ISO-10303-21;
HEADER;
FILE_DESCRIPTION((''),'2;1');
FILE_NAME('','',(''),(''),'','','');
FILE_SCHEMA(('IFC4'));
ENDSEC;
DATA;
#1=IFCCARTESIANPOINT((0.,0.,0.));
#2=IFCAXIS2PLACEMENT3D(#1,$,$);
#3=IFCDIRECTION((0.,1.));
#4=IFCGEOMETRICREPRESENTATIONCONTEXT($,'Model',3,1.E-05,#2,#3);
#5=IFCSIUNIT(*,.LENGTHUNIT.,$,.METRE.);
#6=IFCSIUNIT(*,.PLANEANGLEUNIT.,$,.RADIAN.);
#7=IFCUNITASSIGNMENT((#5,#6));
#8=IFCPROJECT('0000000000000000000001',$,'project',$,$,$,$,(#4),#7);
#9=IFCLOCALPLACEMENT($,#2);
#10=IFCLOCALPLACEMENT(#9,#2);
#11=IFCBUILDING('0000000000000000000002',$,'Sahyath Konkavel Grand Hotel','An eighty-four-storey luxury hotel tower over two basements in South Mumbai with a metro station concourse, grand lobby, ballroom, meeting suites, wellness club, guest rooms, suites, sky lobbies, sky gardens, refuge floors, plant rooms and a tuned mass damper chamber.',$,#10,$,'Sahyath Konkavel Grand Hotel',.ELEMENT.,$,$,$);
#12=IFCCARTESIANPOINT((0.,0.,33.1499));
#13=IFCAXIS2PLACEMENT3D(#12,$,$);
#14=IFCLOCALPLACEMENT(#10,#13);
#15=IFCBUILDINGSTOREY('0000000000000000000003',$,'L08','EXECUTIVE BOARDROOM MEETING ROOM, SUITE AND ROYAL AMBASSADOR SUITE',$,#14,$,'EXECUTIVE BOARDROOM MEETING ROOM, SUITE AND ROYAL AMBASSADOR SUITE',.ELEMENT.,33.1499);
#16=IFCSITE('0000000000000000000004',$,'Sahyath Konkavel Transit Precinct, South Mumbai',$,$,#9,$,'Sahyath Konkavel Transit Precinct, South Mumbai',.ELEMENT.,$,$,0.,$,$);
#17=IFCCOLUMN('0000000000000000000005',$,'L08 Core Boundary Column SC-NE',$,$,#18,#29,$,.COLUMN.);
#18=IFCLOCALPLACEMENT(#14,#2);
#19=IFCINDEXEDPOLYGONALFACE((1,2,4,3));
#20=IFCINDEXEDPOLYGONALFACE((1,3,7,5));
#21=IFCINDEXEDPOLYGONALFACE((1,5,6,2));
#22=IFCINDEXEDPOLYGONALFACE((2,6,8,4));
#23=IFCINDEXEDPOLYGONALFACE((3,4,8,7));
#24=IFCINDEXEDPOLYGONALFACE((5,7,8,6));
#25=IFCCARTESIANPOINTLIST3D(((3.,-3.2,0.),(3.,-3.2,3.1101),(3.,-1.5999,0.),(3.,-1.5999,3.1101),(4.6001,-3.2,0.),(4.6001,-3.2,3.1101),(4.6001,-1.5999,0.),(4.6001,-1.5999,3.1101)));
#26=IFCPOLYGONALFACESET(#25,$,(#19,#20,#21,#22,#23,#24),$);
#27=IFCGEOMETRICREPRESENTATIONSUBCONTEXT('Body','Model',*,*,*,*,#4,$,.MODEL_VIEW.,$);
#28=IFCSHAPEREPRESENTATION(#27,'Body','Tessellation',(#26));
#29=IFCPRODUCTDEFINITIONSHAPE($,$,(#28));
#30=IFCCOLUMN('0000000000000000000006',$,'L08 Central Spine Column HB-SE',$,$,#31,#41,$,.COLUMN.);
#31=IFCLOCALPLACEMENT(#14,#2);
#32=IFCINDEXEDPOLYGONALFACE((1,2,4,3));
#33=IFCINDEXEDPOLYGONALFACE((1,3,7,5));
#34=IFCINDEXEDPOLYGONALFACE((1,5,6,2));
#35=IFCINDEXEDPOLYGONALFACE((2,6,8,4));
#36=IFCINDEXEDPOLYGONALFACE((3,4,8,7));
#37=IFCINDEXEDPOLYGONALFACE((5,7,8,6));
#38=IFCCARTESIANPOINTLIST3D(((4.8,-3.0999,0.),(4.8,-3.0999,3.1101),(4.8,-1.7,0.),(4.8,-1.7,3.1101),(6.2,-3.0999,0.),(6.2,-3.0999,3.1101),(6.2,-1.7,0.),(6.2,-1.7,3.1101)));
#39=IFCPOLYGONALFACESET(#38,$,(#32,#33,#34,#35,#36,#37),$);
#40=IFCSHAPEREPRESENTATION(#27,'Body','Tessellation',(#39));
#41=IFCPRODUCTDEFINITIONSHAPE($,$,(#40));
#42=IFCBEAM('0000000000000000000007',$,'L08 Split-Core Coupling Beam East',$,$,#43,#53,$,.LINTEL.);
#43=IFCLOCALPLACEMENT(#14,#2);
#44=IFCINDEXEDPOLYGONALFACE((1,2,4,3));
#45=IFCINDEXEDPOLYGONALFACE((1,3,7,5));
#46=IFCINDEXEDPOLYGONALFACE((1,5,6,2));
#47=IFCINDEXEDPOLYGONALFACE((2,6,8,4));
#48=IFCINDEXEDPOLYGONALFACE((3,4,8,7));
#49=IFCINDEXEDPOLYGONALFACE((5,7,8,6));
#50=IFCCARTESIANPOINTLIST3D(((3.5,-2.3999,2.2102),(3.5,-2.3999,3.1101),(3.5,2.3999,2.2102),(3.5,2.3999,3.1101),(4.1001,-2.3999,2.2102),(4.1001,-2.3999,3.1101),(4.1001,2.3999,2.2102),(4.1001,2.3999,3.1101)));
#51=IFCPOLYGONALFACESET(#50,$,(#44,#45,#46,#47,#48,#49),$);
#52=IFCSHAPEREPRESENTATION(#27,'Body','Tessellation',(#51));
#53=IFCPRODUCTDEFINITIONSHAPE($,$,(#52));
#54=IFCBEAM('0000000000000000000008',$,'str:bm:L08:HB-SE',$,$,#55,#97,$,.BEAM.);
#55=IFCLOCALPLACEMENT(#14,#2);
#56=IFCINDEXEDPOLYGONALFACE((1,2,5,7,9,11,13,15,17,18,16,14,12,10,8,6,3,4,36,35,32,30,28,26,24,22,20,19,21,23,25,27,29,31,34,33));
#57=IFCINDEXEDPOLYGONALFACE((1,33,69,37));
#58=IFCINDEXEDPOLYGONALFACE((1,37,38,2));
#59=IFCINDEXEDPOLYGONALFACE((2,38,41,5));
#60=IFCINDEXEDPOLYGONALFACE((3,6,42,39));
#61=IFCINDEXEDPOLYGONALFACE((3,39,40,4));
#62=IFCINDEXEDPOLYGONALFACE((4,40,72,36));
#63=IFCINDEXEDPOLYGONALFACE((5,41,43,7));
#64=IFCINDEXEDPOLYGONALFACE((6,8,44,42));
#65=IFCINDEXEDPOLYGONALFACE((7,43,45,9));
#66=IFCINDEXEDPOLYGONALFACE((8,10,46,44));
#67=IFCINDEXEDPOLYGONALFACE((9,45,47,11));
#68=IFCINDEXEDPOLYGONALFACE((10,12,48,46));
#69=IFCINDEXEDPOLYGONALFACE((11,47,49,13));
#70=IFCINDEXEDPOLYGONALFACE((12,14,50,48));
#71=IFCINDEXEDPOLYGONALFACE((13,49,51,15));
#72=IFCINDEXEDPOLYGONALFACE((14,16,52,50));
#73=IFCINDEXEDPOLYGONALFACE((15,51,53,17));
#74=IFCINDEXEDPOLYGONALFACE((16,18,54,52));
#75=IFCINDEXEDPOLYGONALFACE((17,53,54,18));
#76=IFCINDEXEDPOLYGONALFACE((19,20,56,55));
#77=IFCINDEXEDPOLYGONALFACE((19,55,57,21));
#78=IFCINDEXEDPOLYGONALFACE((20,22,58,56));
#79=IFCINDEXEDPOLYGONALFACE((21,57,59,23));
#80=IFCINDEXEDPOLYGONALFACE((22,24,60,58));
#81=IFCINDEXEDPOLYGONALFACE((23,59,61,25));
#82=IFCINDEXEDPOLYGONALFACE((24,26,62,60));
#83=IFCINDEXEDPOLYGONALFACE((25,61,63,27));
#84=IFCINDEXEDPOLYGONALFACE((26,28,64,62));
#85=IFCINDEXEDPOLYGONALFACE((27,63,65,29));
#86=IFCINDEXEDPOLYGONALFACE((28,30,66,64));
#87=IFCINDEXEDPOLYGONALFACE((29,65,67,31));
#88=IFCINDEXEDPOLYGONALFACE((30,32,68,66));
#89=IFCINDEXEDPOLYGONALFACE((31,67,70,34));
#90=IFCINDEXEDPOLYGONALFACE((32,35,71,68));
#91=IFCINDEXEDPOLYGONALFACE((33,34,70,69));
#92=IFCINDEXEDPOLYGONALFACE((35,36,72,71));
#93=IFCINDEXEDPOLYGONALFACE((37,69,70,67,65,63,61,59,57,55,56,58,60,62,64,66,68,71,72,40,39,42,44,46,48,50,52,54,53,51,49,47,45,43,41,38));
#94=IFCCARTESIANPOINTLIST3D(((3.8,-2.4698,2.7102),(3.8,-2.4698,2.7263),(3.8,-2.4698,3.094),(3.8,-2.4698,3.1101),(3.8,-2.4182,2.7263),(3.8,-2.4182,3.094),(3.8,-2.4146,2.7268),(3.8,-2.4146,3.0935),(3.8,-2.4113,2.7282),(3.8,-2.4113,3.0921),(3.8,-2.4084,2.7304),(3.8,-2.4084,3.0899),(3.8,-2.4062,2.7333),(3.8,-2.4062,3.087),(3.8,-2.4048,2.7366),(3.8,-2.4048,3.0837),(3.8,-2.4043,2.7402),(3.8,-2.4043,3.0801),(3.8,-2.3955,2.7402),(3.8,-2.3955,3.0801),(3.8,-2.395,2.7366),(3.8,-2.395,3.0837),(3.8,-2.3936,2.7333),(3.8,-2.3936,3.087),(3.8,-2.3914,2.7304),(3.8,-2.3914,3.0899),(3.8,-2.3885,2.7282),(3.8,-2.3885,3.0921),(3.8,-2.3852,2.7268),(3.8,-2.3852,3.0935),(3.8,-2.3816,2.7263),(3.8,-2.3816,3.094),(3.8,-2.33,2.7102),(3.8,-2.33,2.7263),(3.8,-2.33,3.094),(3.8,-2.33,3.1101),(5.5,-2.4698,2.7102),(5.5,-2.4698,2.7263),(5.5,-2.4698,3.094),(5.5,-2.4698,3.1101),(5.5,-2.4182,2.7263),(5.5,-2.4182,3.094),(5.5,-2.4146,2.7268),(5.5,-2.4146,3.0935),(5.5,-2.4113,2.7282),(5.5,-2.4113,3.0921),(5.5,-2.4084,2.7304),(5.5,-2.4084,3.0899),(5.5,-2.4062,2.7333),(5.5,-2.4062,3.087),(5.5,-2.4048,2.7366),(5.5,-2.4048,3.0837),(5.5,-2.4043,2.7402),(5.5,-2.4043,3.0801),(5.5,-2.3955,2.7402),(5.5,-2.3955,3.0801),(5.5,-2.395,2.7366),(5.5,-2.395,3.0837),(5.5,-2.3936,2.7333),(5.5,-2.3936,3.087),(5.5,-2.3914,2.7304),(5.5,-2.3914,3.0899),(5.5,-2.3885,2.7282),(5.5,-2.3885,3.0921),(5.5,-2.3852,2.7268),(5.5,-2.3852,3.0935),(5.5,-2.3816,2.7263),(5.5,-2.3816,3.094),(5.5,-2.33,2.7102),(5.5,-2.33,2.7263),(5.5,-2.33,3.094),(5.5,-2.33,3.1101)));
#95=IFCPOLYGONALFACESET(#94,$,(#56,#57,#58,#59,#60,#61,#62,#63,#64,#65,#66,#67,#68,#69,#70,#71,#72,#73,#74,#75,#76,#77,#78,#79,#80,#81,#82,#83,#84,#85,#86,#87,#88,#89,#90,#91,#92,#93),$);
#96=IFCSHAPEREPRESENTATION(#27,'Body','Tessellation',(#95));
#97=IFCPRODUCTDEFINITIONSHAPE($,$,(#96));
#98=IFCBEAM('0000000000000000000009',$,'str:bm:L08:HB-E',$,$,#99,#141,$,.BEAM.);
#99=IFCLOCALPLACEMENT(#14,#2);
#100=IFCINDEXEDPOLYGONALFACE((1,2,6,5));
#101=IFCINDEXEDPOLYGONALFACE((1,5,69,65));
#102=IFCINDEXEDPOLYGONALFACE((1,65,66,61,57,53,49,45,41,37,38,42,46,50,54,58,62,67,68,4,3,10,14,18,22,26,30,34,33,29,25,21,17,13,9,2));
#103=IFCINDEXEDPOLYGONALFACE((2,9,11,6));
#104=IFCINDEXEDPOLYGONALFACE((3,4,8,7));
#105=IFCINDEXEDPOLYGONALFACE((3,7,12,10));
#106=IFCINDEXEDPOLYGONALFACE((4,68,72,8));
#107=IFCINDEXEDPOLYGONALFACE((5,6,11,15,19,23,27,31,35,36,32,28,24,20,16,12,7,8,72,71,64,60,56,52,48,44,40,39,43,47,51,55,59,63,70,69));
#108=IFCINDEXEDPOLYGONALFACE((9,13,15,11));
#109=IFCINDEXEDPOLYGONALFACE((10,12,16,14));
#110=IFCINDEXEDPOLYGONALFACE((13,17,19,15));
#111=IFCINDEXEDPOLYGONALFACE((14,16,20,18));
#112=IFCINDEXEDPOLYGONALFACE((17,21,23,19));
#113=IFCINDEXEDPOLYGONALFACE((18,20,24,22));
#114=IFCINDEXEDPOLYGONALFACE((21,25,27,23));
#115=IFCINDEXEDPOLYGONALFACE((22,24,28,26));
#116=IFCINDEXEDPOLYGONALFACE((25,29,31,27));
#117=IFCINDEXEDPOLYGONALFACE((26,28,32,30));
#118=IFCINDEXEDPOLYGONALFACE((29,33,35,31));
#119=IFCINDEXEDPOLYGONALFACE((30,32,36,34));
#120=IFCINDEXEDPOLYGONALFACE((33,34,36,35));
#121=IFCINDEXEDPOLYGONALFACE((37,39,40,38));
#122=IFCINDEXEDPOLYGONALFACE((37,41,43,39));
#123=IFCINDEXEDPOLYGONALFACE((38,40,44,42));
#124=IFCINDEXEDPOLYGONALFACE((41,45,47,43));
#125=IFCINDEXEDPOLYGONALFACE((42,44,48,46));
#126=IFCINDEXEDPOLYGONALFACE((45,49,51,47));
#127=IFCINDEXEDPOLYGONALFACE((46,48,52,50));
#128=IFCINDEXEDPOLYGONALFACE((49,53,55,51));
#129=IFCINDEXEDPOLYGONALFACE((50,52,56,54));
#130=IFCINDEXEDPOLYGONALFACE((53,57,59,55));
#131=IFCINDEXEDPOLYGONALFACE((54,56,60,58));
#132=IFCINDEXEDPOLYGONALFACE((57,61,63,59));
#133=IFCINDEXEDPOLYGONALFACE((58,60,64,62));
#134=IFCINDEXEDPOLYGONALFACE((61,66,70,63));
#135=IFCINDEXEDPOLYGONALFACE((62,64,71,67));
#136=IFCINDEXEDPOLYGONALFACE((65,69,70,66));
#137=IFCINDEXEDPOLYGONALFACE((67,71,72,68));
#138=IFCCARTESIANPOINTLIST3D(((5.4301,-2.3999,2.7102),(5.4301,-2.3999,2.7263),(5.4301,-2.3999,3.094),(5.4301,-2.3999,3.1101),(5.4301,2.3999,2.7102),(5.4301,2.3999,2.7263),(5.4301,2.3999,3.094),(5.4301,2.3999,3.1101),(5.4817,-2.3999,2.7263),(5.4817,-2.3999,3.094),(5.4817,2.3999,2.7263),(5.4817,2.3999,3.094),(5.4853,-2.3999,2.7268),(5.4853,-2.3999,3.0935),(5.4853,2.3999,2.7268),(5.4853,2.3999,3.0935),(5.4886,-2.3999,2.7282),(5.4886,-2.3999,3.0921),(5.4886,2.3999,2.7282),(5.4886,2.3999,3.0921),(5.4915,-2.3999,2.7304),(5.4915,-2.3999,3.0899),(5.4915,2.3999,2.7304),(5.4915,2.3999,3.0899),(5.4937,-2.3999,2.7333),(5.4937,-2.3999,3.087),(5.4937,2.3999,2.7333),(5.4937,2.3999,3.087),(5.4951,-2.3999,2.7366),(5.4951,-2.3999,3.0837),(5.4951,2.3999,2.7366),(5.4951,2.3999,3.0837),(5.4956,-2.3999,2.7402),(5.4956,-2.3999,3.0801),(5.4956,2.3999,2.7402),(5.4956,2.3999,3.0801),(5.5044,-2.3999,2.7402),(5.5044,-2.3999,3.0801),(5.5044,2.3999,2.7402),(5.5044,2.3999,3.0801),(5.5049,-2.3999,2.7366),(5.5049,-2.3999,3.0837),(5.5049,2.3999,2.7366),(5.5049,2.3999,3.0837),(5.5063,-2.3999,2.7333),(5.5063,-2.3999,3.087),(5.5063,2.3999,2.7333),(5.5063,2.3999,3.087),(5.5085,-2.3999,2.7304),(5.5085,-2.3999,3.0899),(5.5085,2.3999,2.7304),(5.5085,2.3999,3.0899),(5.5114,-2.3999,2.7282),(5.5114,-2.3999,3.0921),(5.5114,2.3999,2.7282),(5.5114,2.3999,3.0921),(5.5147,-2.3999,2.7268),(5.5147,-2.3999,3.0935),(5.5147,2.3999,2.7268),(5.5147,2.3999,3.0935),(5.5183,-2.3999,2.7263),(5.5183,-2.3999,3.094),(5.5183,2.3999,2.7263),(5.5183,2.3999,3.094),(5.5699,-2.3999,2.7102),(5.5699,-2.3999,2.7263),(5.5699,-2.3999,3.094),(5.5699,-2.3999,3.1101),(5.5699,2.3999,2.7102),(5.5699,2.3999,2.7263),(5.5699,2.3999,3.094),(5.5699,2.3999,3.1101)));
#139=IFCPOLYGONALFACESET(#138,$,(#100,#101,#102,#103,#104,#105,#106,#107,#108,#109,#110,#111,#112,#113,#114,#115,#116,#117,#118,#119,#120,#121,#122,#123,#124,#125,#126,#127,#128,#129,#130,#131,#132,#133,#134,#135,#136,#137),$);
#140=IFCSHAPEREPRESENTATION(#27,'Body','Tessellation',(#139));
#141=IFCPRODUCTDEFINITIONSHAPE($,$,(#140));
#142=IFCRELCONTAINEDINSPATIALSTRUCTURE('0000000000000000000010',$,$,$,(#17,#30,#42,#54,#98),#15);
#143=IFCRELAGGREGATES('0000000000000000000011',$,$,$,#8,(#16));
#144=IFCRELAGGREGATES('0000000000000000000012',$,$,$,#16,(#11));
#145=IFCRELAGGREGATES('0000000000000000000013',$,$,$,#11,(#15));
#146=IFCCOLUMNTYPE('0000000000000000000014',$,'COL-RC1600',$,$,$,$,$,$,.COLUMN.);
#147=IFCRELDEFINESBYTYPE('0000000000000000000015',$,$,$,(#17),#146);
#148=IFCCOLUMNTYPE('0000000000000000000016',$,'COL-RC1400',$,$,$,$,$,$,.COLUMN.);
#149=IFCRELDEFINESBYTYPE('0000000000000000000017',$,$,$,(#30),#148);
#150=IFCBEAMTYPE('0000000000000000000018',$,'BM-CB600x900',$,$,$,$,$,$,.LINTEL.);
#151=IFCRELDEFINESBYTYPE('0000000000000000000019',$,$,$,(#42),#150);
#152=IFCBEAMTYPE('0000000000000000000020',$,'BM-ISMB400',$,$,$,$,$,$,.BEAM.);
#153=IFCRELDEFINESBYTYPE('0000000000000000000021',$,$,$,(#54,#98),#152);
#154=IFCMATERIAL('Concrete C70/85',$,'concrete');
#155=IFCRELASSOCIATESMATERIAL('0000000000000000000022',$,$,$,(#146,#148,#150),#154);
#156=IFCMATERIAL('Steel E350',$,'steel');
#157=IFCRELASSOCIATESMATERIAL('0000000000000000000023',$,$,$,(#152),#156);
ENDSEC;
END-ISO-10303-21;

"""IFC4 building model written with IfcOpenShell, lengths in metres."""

from ifc_helpers import new_model, si_unit, direction, frame, origin, origin_2d, place, context, subcontext, project, spatial, rectangle, i_section, extrude, source, transform, mapped, material, material_profile, profile_set, type_object, element, save


model = new_model("IFC4")

# Units and contexts
model_context = context("Model", 3, precision=1e-05, world=origin(), true_north=direction((0.0, 1.0)))
body_context = subcontext(model_context, "Body", "Model", "MODEL_VIEW")
ifc_project = project(units=[si_unit("LENGTHUNIT", "METRE"), si_unit("PLANEANGLEUNIT", "RADIAN")], contexts=[model_context])

# Site, building, storey
site_placement = place(None, origin())
site = spatial("IfcSite", under=ifc_project, at=site_placement, Name="Sahyath Konkavel Transit Precinct, South Mumbai", LongName="Sahyath Konkavel Transit Precinct, South Mumbai", CompositionType="ELEMENT", RefElevation=0.0)
building_placement = place(site_placement, origin())
building = spatial("IfcBuilding", under=site, at=building_placement, Name="Sahyath Konkavel Grand Hotel", Description="An eighty-four-storey luxury hotel tower over two basements in South Mumbai with a metro station concourse, grand lobby, ballroom, meeting suites, wellness club, guest rooms, suites, sky lobbies, sky gardens, refuge floors, plant rooms and a tuned mass damper chamber.", LongName="Sahyath Konkavel Grand Hotel", CompositionType="ELEMENT")
storey_placement = place(building_placement, frame((0.0, 0.0, 33.1499)))
storey = spatial("IfcBuildingStorey", under=building, at=storey_placement, Name="L08", Description="EXECUTIVE BOARDROOM MEETING ROOM, SUITE AND ROYAL AMBASSADOR SUITE", LongName="EXECUTIVE BOARDROOM MEETING ROOM, SUITE AND ROYAL AMBASSADOR SUITE", CompositionType="ELEMENT", Elevation=33.1499)

# Columns
ifc_material_1 = material(Name="Concrete C70/85", Category="concrete")
ifc_material_profile_1 = material_profile(ifc_material_1, rectangle(XDim=1.6001, YDim=1.6001, at=origin_2d()), Name="RC 1600x1600")
ifc_profile_set_1 = profile_set([ifc_material_profile_1], Name="Concrete C70/85")
column_type_1 = type_object("IfcColumnType", Name="COL-RC1600", PredefinedType="COLUMN", material=ifc_profile_set_1)
shared_shape_1 = source(origin(), body_context, "Body", "SweptSolid", [
    extrude(rectangle(XDim=1.6001, YDim=1.6001, at=origin_2d()), origin(), (0.0, 0.0, 1.0), 3.1101),
])
column_1_placement = place(storey_placement, frame((3.8, -2.3999, 0.0), z_axis=(0.0, 0.0, 1.0), x_axis=(1.0, 0.0, 0.0)))
element("IfcColumn", 1, at=column_1_placement, inside=storey, type_object=column_type_1, Name="L08 Core Boundary Column SC-NE", PredefinedType="COLUMN", context=body_context, shape_type="MappedRepresentation", body=[
    mapped(shared_shape_1, transform((0.0, 0.0, 0.0), scale=1.0)),
])
ifc_material_profile_2 = material_profile(ifc_material_1, rectangle(XDim=1.3999, YDim=1.3999, at=origin_2d()), Name="RC 1400x1400")
ifc_profile_set_2 = profile_set([ifc_material_profile_2], Name="Concrete C70/85")
column_type_2 = type_object("IfcColumnType", Name="COL-RC1400", PredefinedType="COLUMN", material=ifc_profile_set_2)
shared_shape_2 = source(origin(), body_context, "Body", "SweptSolid", [
    extrude(rectangle(XDim=1.3999, YDim=1.3999, at=origin_2d()), origin(), (0.0, 0.0, 1.0), 3.1101),
])
column_2_placement = place(storey_placement, frame((5.5, -2.3999, 0.0), z_axis=(0.0, 0.0, 1.0), x_axis=(1.0, 0.0, 0.0)))
element("IfcColumn", 2, at=column_2_placement, inside=storey, type_object=column_type_2, Name="L08 Central Spine Column HB-SE", PredefinedType="COLUMN", context=body_context, shape_type="MappedRepresentation", body=[
    mapped(shared_shape_2, transform((0.0, 0.0, 0.0), scale=1.0)),
])

# Beams
ifc_material_profile_3 = material_profile(ifc_material_1, rectangle(XDim=0.6001, YDim=0.8999, at=origin_2d()), Name="RC 600x900")
ifc_profile_set_3 = profile_set([ifc_material_profile_3], Name="Concrete C70/85")
beam_type_1 = type_object("IfcBeamType", Name="BM-CB600x900", PredefinedType="LINTEL", material=ifc_profile_set_3)
shared_shape_3 = source(origin(), body_context, "Body", "SweptSolid", [
    extrude(rectangle(XDim=0.6001, YDim=0.8999, at=origin_2d()), origin(), (0.0, 0.0, 1.0), 4.7998),
])
beam_1_placement = place(storey_placement, frame((3.8, -2.3999, 2.6602), z_axis=(0.0, 1.0, 0.0), x_axis=(-1.0, 0.0, 0.0)))
element("IfcBeam", 3, at=beam_1_placement, inside=storey, type_object=beam_type_1, Name="L08 Split-Core Coupling Beam East", PredefinedType="LINTEL", context=body_context, shape_type="MappedRepresentation", body=[
    mapped(shared_shape_3, transform((0.0, 0.0, 0.0), scale=1.0)),
])
ifc_material_2 = material(Name="Steel E350", Category="steel")
ifc_material_profile_4 = material_profile(ifc_material_2, i_section(OverallWidth=0.1399, OverallDepth=0.3999, WebThickness=0.0088, FlangeThickness=0.0161, FilletRadius=0.0139, at=origin_2d()), Name="ISMB 400")
ifc_profile_set_4 = profile_set([ifc_material_profile_4], Name="Steel E350")
beam_type_2 = type_object("IfcBeamType", Name="BM-ISMB400", PredefinedType="BEAM", material=ifc_profile_set_4)
shared_shape_4 = source(origin(), body_context, "Body", "SweptSolid", [
    extrude(i_section(OverallWidth=0.1399, OverallDepth=0.3999, WebThickness=0.0088, FlangeThickness=0.0161, FilletRadius=0.0139, at=origin_2d()), origin(), (0.0, 0.0, 1.0), 1.7),
])
beam_2_placement = place(storey_placement, frame((3.8, -2.3999, 2.9102), z_axis=(1.0, 0.0, 0.0), x_axis=(0.0, 1.0, 0.0)))
element("IfcBeam", 4, at=beam_2_placement, inside=storey, type_object=beam_type_2, Name="str:bm:L08:HB-SE", PredefinedType="BEAM", context=body_context, shape_type="MappedRepresentation", body=[
    mapped(shared_shape_4, transform((0.0, 0.0, 0.0), scale=1.0)),
])
shared_shape_5 = source(origin(), body_context, "Body", "SweptSolid", [
    extrude(i_section(OverallWidth=0.1399, OverallDepth=0.3999, WebThickness=0.0088, FlangeThickness=0.0161, FilletRadius=0.0139, at=origin_2d()), origin(), (0.0, 0.0, 1.0), 4.7998),
])
beam_3_placement = place(storey_placement, frame((5.5, -2.3999, 2.9102), z_axis=(0.0, 1.0, 0.0), x_axis=(-1.0, 0.0, 0.0)))
element("IfcBeam", 5, at=beam_3_placement, inside=storey, type_object=beam_type_2, Name="str:bm:L08:HB-E", PredefinedType="BEAM", context=body_context, shape_type="MappedRepresentation", body=[
    mapped(shared_shape_5, transform((0.0, 0.0, 0.0), scale=1.0)),
])

save(model, "model.ifc")
